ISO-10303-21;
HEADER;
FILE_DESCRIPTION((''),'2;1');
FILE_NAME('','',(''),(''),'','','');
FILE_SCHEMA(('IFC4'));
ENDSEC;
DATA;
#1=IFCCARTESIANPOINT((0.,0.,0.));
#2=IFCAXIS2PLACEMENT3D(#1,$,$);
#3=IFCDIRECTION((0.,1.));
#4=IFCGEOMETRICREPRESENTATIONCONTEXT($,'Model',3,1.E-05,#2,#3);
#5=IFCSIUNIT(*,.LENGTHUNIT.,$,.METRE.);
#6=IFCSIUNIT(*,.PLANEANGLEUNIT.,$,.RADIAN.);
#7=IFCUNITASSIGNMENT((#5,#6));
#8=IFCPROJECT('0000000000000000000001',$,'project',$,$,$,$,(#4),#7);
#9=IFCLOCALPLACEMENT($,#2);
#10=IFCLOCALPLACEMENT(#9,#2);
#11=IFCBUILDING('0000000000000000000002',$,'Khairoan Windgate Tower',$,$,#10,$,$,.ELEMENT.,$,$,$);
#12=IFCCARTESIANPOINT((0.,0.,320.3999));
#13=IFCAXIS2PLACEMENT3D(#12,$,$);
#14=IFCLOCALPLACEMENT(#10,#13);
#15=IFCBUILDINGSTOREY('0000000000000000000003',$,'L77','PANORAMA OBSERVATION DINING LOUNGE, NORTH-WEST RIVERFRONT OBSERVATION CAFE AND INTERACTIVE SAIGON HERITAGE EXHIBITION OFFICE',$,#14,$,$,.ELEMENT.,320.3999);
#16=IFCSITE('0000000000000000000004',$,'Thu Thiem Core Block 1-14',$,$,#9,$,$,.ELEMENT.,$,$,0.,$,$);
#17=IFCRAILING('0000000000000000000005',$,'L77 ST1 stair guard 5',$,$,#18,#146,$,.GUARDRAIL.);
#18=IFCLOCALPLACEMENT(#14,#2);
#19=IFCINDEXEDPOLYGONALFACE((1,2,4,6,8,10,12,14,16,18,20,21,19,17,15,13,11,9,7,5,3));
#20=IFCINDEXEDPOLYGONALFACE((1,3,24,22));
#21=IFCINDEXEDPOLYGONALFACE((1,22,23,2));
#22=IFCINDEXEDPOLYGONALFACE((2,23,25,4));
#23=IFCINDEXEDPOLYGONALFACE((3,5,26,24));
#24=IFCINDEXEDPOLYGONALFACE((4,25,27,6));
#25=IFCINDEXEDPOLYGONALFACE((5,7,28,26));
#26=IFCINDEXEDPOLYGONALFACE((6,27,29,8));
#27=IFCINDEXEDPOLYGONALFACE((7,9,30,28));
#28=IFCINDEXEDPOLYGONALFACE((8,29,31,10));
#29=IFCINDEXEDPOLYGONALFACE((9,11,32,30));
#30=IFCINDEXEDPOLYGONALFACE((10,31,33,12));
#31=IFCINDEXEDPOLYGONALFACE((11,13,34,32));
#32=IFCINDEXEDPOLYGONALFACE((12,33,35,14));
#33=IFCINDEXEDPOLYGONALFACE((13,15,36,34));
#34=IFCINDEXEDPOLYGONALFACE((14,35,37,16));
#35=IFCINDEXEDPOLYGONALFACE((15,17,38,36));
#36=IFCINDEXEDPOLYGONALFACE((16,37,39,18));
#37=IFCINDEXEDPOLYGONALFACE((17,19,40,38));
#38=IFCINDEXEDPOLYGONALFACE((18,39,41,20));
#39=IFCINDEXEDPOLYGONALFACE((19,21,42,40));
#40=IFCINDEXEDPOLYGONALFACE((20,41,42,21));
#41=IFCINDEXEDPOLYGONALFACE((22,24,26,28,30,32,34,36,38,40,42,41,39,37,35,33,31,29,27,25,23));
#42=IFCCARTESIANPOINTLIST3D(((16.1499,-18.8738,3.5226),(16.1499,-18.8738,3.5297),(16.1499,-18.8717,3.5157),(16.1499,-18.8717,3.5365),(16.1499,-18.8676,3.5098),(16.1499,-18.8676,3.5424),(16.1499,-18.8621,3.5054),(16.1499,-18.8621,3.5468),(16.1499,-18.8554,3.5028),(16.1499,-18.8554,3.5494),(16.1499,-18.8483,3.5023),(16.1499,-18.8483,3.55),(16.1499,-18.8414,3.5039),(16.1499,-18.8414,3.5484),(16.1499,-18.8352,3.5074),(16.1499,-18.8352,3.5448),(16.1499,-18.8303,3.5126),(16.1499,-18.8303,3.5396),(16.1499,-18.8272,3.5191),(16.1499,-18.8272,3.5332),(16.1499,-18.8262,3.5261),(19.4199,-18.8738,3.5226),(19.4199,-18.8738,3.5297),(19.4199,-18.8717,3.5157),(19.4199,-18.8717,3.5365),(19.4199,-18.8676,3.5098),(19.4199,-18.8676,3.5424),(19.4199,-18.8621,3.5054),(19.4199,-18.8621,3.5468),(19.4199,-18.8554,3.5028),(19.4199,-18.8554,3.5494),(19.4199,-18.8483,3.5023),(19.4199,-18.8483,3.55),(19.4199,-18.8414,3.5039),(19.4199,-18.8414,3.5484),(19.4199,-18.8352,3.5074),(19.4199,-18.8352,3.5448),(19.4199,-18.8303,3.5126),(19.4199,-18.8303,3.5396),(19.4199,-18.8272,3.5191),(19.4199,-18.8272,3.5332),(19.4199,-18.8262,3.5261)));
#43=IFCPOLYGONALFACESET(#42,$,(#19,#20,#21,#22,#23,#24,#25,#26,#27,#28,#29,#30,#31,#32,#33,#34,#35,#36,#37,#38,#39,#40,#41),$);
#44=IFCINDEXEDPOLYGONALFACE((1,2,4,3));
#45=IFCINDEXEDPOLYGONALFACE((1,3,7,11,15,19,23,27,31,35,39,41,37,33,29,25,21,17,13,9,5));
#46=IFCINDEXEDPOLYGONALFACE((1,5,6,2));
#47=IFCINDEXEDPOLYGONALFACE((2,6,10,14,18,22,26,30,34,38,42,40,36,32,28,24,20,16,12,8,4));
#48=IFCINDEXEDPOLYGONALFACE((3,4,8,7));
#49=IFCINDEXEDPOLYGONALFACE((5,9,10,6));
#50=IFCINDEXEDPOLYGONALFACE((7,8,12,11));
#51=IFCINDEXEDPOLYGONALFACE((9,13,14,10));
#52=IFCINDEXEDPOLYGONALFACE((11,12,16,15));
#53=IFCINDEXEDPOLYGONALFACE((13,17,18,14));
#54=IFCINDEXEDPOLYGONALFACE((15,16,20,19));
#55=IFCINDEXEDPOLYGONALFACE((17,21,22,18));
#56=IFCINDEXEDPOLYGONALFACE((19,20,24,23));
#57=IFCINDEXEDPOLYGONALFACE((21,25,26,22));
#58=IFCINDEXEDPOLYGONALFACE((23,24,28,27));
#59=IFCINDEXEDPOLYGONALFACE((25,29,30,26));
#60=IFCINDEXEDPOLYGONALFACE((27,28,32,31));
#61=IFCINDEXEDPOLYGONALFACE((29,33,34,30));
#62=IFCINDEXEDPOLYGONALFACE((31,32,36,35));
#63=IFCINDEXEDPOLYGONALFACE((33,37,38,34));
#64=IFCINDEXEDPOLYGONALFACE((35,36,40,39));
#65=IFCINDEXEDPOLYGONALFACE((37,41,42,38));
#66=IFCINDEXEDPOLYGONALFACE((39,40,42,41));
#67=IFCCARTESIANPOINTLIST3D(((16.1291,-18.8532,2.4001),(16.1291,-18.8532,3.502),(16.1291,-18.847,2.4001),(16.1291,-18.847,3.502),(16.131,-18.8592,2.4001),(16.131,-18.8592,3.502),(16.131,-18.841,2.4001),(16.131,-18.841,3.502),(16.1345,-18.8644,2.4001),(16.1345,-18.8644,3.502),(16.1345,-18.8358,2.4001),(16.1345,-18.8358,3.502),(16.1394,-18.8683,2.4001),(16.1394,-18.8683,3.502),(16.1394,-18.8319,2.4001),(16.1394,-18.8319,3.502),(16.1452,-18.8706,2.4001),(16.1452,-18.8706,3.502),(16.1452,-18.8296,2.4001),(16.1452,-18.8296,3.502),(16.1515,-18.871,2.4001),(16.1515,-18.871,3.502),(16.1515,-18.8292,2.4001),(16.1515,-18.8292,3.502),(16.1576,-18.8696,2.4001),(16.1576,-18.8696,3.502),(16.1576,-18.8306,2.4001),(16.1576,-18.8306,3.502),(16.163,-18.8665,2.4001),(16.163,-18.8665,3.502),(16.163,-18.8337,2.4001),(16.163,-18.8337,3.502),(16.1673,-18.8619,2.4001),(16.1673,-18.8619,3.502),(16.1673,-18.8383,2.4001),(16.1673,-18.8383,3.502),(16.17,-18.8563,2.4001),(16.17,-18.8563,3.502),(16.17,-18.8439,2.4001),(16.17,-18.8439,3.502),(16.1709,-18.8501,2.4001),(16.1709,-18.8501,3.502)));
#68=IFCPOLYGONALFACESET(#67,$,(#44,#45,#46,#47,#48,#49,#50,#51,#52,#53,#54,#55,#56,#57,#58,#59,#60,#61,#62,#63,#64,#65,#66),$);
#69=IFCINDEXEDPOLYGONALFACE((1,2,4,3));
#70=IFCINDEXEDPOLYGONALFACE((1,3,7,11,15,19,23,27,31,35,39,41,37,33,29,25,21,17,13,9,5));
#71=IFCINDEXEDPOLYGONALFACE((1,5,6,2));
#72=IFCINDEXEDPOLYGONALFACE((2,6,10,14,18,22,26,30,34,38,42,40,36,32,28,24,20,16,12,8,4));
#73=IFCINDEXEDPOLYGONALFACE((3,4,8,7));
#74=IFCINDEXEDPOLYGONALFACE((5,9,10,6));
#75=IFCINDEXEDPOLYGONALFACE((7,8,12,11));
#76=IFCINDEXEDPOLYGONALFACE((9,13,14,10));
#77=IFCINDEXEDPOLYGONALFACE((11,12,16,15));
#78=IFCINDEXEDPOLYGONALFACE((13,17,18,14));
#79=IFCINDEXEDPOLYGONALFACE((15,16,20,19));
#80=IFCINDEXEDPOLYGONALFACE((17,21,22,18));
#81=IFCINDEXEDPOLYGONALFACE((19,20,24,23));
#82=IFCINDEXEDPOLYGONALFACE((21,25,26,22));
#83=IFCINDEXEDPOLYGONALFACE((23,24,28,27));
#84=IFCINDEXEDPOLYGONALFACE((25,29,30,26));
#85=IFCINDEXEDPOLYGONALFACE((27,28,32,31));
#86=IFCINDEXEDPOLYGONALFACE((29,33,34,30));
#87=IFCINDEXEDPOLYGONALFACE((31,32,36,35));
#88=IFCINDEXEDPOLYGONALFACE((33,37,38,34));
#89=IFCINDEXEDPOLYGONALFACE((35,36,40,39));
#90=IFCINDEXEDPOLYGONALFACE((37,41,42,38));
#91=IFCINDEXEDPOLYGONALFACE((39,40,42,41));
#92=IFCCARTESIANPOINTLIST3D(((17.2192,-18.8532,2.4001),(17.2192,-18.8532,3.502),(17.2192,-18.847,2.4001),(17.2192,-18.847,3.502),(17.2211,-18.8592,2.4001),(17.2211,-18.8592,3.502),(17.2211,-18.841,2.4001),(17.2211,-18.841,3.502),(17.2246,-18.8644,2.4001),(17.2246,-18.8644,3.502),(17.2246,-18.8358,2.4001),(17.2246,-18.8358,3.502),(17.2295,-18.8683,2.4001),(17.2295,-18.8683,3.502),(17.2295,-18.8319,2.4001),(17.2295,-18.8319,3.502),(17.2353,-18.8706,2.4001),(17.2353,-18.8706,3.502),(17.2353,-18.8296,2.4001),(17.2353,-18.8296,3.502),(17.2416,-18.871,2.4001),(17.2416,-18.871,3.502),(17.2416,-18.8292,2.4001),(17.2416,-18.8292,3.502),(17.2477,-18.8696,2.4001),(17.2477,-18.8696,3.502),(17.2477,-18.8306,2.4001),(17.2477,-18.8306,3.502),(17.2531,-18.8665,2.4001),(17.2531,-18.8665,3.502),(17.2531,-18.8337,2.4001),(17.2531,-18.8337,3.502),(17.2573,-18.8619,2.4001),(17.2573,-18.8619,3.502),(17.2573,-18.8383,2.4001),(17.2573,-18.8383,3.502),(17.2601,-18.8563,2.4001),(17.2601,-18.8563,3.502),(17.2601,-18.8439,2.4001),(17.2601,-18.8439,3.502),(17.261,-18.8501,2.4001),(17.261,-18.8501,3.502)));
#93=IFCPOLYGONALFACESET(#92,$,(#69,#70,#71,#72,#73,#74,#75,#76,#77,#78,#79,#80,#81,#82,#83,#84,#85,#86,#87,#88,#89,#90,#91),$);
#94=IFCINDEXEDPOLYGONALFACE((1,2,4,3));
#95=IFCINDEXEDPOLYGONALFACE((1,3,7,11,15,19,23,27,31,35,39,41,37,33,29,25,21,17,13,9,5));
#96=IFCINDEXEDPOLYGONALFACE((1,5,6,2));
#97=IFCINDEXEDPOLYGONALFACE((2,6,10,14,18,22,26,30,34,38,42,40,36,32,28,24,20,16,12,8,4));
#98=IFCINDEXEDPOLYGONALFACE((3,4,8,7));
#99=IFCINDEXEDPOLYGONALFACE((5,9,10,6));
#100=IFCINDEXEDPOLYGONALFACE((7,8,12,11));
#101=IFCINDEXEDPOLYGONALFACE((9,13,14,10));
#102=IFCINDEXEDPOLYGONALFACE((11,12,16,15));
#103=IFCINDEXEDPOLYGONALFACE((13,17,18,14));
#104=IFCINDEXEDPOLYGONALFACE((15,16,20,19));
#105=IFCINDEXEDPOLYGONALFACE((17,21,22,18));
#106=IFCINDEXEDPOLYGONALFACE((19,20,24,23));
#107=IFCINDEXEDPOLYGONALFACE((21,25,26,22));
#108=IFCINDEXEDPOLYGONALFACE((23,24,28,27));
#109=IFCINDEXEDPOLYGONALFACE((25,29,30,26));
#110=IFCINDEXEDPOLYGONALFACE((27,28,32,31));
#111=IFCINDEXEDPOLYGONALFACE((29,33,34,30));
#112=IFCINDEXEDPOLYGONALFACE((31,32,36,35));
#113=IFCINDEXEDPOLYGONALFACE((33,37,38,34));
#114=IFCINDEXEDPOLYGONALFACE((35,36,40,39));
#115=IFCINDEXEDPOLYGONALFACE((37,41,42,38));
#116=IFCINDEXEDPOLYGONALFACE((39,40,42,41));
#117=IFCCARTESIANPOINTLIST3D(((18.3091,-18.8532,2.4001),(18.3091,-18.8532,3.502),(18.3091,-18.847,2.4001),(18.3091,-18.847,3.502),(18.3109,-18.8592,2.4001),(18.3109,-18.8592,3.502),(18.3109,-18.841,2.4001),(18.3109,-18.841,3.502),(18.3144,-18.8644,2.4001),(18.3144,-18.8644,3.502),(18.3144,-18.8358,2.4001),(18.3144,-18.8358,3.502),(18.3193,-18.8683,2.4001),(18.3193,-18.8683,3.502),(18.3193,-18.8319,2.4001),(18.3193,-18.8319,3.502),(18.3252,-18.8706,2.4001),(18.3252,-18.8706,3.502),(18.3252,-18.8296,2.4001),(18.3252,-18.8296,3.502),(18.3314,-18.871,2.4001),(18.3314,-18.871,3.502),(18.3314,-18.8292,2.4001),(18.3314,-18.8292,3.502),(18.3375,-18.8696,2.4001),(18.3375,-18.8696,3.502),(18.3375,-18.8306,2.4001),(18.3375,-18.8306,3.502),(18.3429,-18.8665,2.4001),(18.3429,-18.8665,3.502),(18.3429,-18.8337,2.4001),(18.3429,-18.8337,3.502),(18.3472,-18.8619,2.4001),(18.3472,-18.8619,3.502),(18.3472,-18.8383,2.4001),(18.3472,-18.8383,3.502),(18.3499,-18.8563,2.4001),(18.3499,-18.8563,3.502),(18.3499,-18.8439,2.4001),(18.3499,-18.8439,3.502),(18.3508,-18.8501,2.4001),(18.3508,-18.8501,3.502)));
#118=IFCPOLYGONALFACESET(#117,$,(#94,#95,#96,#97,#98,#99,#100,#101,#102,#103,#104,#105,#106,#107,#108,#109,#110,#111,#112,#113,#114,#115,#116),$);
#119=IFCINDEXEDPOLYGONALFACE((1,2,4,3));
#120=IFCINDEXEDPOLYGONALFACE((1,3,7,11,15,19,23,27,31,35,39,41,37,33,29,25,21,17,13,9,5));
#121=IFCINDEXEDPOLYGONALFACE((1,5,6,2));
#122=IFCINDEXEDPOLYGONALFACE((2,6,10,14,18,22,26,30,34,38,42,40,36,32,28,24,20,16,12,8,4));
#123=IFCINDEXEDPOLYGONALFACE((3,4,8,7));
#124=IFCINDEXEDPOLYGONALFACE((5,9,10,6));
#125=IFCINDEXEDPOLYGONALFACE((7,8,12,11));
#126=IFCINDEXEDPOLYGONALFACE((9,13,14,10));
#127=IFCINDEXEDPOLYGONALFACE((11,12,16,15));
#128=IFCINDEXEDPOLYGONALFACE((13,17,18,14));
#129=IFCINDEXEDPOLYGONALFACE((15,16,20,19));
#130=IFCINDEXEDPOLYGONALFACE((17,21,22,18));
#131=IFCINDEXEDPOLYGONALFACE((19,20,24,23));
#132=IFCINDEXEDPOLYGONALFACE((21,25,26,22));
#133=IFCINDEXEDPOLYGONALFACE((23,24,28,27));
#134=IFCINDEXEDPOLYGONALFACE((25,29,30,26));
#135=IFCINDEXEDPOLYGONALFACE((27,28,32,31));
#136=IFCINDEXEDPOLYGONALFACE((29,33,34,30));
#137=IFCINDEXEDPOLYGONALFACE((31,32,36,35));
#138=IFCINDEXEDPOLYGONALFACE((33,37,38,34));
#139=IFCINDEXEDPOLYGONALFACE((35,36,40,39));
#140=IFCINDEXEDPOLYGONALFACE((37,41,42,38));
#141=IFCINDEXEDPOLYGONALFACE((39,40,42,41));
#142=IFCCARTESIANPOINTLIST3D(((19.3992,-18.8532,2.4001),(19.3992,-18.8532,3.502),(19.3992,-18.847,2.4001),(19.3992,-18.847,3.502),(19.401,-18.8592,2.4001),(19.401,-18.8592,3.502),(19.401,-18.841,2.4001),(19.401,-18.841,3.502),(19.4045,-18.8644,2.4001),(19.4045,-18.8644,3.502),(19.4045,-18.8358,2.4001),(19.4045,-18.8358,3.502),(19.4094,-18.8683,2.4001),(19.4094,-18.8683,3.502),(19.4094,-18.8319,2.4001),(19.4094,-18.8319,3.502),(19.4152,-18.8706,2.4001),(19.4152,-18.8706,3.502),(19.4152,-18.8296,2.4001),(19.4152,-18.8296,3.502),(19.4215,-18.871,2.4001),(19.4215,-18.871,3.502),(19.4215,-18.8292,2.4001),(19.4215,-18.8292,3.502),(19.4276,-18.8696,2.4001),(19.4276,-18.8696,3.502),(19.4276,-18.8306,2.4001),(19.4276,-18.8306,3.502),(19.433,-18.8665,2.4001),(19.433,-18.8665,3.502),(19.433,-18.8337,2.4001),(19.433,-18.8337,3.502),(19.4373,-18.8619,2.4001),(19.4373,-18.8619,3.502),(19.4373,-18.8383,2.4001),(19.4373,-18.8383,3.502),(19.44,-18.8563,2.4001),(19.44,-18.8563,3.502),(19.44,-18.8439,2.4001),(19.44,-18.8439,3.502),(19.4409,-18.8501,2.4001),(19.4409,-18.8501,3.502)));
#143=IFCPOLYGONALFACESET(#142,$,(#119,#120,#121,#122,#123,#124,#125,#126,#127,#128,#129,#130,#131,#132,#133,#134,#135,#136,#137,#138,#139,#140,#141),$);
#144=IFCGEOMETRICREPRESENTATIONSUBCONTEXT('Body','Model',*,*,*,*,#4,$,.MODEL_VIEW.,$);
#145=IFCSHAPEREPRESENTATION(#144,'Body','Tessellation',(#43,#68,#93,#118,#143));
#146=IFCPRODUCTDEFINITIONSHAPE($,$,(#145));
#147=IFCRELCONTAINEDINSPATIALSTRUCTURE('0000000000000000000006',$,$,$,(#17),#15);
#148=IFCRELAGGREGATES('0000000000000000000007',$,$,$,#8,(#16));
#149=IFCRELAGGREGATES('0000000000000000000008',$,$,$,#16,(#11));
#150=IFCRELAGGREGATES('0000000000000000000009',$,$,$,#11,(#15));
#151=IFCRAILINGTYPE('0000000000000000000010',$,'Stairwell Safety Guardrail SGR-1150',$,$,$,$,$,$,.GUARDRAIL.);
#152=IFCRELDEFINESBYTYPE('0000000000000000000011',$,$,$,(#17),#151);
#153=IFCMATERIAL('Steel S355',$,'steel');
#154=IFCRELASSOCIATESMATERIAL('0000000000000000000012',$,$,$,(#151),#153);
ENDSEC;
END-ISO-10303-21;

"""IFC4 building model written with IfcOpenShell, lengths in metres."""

from ifc_helpers import new_model, si_unit, direction, frame, origin, origin_2d, place, context, subcontext, project, spatial, circle, extrude, material, type_object, element, save


model = new_model("IFC4")

# Units and contexts
model_context = context("Model", 3, precision=1e-05, world=origin(), true_north=direction((0.0, 1.0)))
body_context = subcontext(model_context, "Body", "Model", "MODEL_VIEW")
ifc_project = project(units=[si_unit("LENGTHUNIT", "METRE"), si_unit("PLANEANGLEUNIT", "RADIAN")], contexts=[model_context])

# Site, building, storey
site_placement = place(None, origin())
site = spatial("IfcSite", under=ifc_project, at=site_placement, Name="Thu Thiem Core Block 1-14", CompositionType="ELEMENT", RefElevation=0.0)
building_placement = place(site_placement, origin())
building = spatial("IfcBuilding", under=site, at=building_placement, Name="Khairoan Windgate Tower", CompositionType="ELEMENT")
storey_placement = place(building_placement, frame((0.0, 0.0, 320.3999)))
storey = spatial("IfcBuildingStorey", under=building, at=storey_placement, Name="L77", Description="PANORAMA OBSERVATION DINING LOUNGE, NORTH-WEST RIVERFRONT OBSERVATION CAFE AND INTERACTIVE SAIGON HERITAGE EXHIBITION OFFICE", CompositionType="ELEMENT", Elevation=320.3999)

# Railing
ifc_material_1 = material(Name="Steel S355", Category="steel")
railing_type_1 = type_object("IfcRailingType", Name="Stairwell Safety Guardrail SGR-1150", PredefinedType="GUARDRAIL", material=ifc_material_1)
railing_1_placement = place(storey_placement, frame((16.1499, -18.8501, 2.4001)))
element("IfcRailing", 1, at=railing_1_placement, inside=storey, type_object=railing_type_1, Name="L77 ST1 stair guard 5", PredefinedType="GUARDRAIL", context=body_context, shape_type="SweptSolid", body=[
    extrude(circle(Radius=0.0239, at=origin_2d()), frame((0.0, 0.0, 1.126), z_axis=(1.0, 0.0, 0.0), x_axis=(0.0, 1.0, 0.0)), (0.0, 0.0, 1.0), 3.27),
    extrude(circle(Radius=0.021, at=origin_2d()), origin(), (0.0, 0.0, 1.0), 1.1018),
    extrude(circle(Radius=0.021, at=origin_2d()), frame((1.0901, 0.0, 0.0)), (0.0, 0.0, 1.0), 1.1018),
    extrude(circle(Radius=0.021, at=origin_2d()), frame((2.1799, 0.0, 0.0)), (0.0, 0.0, 1.0), 1.1018),
    extrude(circle(Radius=0.021, at=origin_2d()), frame((3.27, 0.0, 0.0)), (0.0, 0.0, 1.0), 1.1018),
])

save(model, "model.ifc")
